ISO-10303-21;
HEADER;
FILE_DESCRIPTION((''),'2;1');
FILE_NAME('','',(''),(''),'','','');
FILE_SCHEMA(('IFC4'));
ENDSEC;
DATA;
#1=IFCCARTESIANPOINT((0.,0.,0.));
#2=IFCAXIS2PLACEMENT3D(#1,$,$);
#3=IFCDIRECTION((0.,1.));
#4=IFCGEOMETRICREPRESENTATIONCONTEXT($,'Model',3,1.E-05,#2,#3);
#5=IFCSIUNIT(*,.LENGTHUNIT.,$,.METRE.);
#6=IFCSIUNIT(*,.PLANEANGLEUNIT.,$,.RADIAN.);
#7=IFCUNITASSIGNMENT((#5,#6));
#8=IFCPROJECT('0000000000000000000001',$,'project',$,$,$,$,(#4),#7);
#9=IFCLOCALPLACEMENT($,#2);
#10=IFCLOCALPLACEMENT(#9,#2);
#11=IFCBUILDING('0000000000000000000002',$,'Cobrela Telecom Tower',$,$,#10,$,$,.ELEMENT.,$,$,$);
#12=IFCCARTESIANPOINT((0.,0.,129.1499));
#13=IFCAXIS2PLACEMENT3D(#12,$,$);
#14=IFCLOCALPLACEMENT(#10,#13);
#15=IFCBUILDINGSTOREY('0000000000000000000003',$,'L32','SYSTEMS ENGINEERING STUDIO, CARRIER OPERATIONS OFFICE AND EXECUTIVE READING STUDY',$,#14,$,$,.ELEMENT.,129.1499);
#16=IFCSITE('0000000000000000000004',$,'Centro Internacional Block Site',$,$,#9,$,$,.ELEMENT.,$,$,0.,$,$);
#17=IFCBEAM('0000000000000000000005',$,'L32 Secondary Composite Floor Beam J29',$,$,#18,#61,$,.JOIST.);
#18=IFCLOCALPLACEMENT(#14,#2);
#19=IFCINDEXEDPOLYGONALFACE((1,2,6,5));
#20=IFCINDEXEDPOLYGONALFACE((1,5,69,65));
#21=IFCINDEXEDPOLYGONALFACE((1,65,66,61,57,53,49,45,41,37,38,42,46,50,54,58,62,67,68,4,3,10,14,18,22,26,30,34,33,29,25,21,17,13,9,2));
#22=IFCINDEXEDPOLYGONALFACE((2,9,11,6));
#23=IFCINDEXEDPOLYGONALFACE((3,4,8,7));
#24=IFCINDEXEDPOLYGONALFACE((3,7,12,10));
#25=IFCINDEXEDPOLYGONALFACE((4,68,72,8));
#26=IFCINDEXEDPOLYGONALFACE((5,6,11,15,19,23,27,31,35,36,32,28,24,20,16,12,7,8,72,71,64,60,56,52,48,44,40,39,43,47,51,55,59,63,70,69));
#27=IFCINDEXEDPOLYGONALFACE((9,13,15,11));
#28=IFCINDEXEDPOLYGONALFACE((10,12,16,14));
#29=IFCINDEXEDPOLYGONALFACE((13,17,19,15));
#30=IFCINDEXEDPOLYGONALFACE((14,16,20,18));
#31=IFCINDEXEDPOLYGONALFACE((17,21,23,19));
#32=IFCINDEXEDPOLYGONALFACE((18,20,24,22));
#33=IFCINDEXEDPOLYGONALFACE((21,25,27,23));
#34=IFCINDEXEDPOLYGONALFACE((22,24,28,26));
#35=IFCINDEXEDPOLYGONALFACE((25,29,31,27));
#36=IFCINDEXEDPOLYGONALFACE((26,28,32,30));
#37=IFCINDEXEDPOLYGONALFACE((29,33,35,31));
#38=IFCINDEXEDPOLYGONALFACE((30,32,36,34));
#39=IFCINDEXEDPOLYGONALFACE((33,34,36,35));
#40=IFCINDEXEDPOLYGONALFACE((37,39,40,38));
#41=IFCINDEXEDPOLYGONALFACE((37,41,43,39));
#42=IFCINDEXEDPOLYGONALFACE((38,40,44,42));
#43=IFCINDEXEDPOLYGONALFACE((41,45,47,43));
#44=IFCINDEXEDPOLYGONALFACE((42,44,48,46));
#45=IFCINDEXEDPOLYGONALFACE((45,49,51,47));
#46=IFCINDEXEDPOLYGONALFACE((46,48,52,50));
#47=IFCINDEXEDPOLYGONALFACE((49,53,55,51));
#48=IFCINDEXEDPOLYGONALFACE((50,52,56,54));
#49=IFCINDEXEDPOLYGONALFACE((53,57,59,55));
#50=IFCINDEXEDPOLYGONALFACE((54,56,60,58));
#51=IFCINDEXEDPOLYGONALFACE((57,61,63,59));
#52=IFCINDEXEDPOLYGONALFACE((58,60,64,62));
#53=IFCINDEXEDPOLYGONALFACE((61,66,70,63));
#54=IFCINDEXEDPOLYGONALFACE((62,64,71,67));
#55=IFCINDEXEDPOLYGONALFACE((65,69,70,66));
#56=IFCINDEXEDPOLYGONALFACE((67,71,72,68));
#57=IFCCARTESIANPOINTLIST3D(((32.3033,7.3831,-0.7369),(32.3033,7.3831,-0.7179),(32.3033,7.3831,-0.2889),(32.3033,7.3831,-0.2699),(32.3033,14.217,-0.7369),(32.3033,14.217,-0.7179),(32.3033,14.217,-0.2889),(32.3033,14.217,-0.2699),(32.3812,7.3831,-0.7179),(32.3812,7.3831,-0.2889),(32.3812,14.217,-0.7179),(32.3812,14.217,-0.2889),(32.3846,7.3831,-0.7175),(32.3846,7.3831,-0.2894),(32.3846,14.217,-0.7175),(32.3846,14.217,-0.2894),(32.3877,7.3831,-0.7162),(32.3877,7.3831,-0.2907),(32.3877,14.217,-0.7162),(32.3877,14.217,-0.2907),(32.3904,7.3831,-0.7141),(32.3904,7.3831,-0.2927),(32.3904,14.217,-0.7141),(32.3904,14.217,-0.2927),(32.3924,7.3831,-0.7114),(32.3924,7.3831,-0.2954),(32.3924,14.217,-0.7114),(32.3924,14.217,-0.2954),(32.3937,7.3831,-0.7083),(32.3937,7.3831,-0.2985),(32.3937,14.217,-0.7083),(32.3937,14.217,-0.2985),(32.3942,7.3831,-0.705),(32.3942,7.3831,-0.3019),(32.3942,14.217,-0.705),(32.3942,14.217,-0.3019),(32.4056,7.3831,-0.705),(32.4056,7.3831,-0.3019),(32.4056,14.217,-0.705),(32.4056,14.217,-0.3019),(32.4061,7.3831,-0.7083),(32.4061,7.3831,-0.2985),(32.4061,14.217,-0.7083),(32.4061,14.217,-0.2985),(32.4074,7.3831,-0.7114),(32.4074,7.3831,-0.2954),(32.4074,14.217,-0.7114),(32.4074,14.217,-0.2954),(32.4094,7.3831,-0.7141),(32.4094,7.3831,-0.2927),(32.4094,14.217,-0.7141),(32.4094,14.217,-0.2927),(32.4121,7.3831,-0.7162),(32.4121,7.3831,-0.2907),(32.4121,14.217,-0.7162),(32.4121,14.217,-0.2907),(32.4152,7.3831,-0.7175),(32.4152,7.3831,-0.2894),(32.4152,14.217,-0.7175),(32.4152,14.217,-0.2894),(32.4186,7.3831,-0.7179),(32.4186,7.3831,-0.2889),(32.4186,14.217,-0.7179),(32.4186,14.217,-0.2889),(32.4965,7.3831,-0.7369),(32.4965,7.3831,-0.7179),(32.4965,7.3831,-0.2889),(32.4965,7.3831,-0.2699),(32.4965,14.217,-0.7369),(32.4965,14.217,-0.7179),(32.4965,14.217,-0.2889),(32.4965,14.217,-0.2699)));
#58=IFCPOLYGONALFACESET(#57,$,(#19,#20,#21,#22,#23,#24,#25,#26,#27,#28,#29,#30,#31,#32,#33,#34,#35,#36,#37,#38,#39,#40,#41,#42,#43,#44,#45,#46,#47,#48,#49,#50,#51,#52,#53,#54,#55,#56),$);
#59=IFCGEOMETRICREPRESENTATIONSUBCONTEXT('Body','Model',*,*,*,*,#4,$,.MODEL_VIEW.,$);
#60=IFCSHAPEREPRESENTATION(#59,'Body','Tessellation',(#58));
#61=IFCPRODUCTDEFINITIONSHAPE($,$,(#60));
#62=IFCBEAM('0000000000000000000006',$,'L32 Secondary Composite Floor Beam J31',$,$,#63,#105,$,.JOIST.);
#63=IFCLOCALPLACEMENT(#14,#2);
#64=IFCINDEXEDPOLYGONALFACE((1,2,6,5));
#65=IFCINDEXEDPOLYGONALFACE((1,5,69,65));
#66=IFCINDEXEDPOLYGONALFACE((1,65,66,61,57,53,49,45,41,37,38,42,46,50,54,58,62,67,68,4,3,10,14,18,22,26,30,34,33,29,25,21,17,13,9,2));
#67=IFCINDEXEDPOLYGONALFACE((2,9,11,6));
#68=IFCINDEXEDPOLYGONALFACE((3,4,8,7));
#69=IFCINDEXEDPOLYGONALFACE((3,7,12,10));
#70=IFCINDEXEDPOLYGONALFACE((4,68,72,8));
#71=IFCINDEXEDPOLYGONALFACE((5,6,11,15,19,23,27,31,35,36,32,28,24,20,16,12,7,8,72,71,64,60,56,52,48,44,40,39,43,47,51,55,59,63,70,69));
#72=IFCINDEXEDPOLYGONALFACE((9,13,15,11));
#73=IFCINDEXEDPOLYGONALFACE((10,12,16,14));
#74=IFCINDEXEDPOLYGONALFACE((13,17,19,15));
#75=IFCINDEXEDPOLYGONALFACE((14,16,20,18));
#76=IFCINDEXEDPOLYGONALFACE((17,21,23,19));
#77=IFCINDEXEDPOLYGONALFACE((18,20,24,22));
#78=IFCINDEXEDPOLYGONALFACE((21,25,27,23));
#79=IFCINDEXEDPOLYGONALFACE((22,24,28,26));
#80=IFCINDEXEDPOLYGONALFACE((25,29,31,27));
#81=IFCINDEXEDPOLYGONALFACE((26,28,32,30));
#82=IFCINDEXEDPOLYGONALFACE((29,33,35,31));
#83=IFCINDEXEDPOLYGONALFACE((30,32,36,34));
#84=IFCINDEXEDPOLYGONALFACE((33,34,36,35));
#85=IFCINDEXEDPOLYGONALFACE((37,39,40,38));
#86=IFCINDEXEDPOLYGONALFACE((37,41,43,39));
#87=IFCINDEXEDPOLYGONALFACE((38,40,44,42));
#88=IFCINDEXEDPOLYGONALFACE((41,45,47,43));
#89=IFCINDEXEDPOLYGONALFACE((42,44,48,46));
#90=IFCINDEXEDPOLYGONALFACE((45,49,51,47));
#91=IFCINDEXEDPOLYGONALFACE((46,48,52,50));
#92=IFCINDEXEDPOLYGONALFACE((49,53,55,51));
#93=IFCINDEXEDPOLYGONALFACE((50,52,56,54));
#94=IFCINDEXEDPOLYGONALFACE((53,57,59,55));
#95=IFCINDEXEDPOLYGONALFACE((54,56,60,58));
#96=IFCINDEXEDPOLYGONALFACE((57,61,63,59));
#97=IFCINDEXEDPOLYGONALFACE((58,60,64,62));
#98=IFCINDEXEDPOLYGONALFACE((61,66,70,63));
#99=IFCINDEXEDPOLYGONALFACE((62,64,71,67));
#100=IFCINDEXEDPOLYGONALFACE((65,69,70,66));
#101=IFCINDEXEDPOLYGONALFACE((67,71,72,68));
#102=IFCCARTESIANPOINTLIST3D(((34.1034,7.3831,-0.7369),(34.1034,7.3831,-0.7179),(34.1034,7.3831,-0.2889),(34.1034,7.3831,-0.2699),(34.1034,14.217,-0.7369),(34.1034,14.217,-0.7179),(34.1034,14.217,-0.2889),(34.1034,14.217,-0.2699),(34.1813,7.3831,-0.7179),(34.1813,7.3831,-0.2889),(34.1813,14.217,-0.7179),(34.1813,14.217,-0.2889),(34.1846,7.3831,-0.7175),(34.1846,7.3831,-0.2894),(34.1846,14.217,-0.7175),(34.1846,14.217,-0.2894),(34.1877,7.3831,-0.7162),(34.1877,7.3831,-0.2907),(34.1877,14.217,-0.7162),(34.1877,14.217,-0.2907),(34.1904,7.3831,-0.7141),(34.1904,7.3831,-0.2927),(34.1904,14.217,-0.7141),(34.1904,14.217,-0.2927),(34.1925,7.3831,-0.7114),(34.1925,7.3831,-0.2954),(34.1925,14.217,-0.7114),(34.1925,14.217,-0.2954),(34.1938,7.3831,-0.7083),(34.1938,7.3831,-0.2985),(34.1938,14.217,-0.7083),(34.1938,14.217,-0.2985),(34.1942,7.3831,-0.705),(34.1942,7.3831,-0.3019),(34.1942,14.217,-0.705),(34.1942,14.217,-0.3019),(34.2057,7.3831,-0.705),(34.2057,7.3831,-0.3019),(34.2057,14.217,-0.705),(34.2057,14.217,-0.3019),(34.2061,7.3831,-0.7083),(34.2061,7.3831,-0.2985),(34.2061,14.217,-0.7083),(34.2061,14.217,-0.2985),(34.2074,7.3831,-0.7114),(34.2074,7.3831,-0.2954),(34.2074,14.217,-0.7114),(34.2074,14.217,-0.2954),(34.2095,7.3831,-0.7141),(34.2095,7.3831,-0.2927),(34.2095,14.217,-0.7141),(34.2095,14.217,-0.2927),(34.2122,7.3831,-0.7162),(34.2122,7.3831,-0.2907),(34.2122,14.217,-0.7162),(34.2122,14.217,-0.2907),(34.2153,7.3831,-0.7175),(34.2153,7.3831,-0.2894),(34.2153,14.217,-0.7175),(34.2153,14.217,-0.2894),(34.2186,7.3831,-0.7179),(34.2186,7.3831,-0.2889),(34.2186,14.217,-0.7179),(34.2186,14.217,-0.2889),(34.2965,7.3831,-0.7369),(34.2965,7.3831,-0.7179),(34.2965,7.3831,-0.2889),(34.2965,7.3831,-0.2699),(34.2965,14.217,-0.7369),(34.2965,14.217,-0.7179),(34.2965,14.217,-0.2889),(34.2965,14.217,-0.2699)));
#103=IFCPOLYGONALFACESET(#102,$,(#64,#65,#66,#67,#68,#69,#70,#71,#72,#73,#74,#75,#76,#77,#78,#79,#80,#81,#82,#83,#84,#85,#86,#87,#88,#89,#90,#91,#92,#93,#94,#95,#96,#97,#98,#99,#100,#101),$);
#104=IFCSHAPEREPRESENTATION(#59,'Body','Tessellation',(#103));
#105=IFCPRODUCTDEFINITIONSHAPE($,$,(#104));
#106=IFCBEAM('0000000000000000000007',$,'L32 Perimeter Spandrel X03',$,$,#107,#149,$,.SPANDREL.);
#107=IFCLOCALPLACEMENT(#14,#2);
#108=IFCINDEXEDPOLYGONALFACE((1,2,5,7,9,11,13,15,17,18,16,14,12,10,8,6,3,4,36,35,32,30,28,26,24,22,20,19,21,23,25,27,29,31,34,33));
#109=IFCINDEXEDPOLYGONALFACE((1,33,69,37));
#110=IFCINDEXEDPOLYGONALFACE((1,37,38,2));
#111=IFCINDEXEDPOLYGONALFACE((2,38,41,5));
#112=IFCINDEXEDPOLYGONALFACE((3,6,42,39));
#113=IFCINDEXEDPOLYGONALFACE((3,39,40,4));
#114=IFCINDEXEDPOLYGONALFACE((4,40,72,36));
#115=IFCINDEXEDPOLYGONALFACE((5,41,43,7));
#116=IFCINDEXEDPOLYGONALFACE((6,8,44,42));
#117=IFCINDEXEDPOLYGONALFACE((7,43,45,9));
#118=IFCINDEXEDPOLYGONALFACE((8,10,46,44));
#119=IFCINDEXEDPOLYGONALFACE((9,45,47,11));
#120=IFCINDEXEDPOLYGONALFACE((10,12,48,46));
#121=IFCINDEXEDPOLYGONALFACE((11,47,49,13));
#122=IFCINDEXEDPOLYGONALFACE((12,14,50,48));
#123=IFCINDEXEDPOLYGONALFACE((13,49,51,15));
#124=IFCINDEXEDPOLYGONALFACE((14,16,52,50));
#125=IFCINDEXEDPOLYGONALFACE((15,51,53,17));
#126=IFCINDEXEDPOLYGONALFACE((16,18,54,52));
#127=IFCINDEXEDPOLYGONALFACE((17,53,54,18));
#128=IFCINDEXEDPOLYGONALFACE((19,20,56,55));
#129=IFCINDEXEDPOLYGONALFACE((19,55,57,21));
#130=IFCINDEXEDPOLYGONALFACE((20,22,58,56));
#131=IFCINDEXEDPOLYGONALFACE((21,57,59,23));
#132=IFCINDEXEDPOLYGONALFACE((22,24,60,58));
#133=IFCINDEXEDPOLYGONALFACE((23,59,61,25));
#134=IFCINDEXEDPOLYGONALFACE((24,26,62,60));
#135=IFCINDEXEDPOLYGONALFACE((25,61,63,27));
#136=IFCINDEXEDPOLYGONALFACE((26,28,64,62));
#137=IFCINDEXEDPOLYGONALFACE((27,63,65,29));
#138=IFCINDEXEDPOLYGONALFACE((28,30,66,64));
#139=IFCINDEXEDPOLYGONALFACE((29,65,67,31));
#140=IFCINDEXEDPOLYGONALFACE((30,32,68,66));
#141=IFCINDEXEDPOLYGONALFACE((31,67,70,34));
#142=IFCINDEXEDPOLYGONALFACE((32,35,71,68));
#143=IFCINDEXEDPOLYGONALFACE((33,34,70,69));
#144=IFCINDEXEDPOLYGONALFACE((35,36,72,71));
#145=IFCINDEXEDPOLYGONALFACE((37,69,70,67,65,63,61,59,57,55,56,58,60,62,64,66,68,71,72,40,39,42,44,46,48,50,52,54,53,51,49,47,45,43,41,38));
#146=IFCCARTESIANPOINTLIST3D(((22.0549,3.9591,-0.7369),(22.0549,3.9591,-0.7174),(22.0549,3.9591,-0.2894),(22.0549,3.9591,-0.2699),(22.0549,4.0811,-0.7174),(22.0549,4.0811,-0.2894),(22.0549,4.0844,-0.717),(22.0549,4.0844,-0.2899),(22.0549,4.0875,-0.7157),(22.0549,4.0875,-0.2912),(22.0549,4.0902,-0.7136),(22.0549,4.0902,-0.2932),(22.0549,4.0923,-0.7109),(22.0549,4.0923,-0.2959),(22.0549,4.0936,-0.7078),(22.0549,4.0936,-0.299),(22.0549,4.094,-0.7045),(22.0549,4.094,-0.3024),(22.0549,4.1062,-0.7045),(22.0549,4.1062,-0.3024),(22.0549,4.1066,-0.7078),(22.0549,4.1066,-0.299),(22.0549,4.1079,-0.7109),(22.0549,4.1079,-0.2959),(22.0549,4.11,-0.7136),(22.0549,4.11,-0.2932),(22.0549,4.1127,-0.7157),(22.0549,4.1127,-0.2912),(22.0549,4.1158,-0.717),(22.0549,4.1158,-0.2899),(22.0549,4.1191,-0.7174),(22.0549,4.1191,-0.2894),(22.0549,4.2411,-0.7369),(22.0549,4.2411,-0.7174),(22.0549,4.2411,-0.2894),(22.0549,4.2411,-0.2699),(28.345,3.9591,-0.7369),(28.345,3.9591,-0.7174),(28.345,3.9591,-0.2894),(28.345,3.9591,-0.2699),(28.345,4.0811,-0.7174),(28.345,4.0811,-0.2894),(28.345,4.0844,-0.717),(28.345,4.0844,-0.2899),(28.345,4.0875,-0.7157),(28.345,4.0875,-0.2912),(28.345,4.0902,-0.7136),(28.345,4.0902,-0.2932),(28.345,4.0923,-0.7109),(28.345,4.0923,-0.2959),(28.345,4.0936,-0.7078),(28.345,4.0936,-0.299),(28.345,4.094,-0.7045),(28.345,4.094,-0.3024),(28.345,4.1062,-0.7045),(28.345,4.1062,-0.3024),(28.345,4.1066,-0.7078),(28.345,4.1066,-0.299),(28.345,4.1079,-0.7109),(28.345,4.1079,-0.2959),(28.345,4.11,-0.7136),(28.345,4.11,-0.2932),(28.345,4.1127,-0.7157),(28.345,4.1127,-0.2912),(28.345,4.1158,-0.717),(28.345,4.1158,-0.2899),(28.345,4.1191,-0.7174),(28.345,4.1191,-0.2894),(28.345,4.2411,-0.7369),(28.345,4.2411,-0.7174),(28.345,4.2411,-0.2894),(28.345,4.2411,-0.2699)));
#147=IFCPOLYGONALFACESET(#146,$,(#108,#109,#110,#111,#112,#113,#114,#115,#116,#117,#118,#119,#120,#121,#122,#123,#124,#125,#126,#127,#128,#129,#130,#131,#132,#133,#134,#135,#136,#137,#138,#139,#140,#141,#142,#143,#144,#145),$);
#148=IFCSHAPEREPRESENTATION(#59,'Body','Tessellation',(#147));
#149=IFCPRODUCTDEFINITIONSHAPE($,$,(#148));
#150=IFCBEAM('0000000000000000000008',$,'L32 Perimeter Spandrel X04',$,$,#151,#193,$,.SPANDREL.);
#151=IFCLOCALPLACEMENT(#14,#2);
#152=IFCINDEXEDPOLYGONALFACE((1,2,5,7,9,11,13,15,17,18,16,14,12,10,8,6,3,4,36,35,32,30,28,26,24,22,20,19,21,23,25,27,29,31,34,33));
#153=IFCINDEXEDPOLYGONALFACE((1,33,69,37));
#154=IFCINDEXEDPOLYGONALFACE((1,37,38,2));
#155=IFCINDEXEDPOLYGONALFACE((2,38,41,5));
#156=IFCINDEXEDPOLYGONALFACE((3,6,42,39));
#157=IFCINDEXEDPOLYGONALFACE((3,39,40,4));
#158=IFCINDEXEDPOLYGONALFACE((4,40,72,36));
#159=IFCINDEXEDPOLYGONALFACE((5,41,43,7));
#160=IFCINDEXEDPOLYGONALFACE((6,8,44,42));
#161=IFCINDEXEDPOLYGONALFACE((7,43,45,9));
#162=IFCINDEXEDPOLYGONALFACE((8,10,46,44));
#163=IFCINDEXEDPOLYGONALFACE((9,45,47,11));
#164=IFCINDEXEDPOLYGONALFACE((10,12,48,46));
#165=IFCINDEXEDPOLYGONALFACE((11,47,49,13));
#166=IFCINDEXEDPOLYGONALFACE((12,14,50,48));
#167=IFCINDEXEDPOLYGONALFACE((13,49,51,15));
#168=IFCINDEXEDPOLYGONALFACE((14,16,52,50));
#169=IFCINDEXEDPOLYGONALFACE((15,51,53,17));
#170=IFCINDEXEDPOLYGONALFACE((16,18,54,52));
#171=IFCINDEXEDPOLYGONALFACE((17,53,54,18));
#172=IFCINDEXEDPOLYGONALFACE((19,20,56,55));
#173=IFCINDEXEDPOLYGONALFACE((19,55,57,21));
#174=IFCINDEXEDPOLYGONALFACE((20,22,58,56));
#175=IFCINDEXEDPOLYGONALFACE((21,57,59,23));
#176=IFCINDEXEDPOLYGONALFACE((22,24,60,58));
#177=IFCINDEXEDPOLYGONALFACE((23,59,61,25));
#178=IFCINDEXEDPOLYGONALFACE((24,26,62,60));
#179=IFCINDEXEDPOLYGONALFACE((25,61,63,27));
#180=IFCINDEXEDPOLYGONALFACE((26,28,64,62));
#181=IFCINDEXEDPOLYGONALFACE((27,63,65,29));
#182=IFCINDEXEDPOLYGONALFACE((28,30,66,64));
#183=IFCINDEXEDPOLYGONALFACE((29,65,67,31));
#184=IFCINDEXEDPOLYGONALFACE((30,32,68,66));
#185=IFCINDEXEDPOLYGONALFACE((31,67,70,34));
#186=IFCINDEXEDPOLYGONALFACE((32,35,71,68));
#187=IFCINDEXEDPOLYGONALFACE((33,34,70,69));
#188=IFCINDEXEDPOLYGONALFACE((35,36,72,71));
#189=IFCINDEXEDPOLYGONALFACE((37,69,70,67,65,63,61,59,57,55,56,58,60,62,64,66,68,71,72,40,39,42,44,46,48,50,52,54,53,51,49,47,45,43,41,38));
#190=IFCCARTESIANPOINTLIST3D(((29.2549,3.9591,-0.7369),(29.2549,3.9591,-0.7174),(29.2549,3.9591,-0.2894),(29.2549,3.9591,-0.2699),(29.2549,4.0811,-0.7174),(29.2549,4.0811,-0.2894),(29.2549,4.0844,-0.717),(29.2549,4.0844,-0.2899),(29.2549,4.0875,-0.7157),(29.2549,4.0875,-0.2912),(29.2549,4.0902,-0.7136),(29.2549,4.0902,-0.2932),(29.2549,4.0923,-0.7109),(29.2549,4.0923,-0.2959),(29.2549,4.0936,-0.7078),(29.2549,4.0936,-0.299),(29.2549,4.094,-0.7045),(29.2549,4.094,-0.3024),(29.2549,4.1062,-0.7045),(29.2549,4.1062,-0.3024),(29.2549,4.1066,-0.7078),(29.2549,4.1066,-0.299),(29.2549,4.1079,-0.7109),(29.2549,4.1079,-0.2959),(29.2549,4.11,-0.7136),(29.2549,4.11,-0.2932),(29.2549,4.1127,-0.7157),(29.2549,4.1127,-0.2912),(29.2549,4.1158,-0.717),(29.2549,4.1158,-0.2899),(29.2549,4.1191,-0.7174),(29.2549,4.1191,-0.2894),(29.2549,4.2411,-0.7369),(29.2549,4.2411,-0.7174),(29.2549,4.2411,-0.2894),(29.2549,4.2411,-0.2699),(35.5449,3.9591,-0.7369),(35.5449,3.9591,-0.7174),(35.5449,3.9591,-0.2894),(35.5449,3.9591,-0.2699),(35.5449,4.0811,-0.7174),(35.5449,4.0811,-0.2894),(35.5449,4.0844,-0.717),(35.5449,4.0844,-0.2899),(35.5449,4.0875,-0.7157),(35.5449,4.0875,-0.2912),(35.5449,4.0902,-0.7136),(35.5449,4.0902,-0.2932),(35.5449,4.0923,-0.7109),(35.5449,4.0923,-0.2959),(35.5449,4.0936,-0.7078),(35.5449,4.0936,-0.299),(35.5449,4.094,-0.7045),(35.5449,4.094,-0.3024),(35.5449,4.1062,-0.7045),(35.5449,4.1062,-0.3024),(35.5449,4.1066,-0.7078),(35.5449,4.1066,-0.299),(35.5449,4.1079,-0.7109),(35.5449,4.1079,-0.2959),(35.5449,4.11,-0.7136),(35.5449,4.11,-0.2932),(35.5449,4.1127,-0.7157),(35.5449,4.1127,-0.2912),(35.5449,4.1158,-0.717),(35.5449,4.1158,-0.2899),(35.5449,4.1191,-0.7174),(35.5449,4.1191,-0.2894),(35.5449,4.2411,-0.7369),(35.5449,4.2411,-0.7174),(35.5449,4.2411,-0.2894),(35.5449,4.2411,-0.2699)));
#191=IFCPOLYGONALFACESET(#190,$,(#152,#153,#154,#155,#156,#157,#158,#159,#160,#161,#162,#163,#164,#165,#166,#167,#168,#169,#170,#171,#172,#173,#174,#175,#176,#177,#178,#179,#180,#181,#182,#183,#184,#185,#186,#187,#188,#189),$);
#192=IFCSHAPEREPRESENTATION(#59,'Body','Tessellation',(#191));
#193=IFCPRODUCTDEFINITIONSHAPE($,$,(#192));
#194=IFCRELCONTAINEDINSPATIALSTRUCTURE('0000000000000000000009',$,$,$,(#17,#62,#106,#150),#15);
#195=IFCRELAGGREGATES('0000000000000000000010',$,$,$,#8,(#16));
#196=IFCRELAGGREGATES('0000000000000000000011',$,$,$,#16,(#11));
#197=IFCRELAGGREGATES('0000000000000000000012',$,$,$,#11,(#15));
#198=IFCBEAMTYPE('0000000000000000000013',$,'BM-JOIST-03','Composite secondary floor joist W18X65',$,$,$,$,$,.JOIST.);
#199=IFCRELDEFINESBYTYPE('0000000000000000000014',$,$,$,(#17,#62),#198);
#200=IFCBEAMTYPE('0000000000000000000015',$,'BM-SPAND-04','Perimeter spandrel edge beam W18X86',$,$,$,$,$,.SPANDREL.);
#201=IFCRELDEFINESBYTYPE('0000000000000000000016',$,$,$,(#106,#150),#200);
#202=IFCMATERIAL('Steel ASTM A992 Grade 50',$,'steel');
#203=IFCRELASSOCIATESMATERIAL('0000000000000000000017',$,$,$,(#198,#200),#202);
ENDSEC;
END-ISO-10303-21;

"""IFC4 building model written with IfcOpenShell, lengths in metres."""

from ifc_helpers import new_model, si_unit, direction, frame, origin, origin_2d, place, context, subcontext, project, spatial, i_section, extrude, material, material_profile, profile_set, type_object, element, save


model = new_model("IFC4")

# Units and contexts
model_context = context("Model", 3, precision=1e-05, world=origin(), true_north=direction((0.0, 1.0)))
body_context = subcontext(model_context, "Body", "Model", "MODEL_VIEW")
ifc_project = project(units=[si_unit("LENGTHUNIT", "METRE"), si_unit("PLANEANGLEUNIT", "RADIAN")], contexts=[model_context])

# Site, building, storey
site_placement = place(None, origin())
site = spatial("IfcSite", under=ifc_project, at=site_placement, Name="Centro Internacional Block Site", CompositionType="ELEMENT", RefElevation=0.0)
building_placement = place(site_placement, origin())
building = spatial("IfcBuilding", under=site, at=building_placement, Name="Cobrela Telecom Tower", CompositionType="ELEMENT")
storey_placement = place(building_placement, frame((0.0, 0.0, 129.1499)))
storey = spatial("IfcBuildingStorey", under=building, at=storey_placement, Name="L32", Description="SYSTEMS ENGINEERING STUDIO, CARRIER OPERATIONS OFFICE AND EXECUTIVE READING STUDY", CompositionType="ELEMENT", Elevation=129.1499)

# Shared definitions
ifc_material_1 = material(Name="Steel ASTM A992 Grade 50", Category="steel")

# Beams
ifc_material_profile_1 = material_profile(ifc_material_1, i_section(OverallWidth=0.1931, OverallDepth=0.467, WebThickness=0.0115, FlangeThickness=0.019, FilletRadius=0.0129, at=origin_2d()), Name="W18X65")
ifc_profile_set_1 = profile_set([ifc_material_profile_1], Name="Steel ASTM A992 Grade 50")
beam_type_1 = type_object("IfcBeamType", Name="BM-JOIST-03", Description="Composite secondary floor joist W18X65", PredefinedType="JOIST", material=ifc_profile_set_1)
for number, where, z_axis, x_axis, name in (
    (1, (32.3999, 7.3831, -0.5034), (0.0, 1.0, 0.0), (-1.0, 0.0, 0.0), "L32 Secondary Composite Floor Beam J29"),
    (2, (34.2, 7.3831, -0.5034), (0.0, 1.0, 0.0), (-1.0, 0.0, 0.0), "L32 Secondary Composite Floor Beam J31"),
):
    element("IfcBeam", number, at=place(storey_placement, frame(where, z_axis=z_axis, x_axis=x_axis)), inside=storey, type_object=beam_type_1, Name=name, PredefinedType="JOIST", context=body_context, shape_type="SweptSolid", body=[
        extrude(i_section(OverallWidth=0.1931, OverallDepth=0.467, WebThickness=0.0115, FlangeThickness=0.019, FilletRadius=0.0129, at=origin_2d()), origin(), (0.0, 0.0, 1.0), 6.834),
    ])
ifc_material_profile_2 = material_profile(ifc_material_1, i_section(OverallWidth=0.282, OverallDepth=0.467, WebThickness=0.0122, FlangeThickness=0.0195, FilletRadius=0.0129, at=origin_2d()), Name="W18X86")
ifc_profile_set_2 = profile_set([ifc_material_profile_2], Name="Steel ASTM A992 Grade 50")
beam_type_2 = type_object("IfcBeamType", Name="BM-SPAND-04", Description="Perimeter spandrel edge beam W18X86", PredefinedType="SPANDREL", material=ifc_profile_set_2)
for number, where, z_axis, x_axis, name in (
    (3, (22.0549, 4.1001, -0.5034), (1.0, 0.0, 0.0), (0.0, 1.0, 0.0), "L32 Perimeter Spandrel X03"),
    (4, (29.2549, 4.1001, -0.5034), (1.0, 0.0, 0.0), (0.0, 1.0, 0.0), "L32 Perimeter Spandrel X04"),
):
    element("IfcBeam", number, at=place(storey_placement, frame(where, z_axis=z_axis, x_axis=x_axis)), inside=storey, type_object=beam_type_2, Name=name, PredefinedType="SPANDREL", context=body_context, shape_type="SweptSolid", body=[
        extrude(i_section(OverallWidth=0.282, OverallDepth=0.467, WebThickness=0.0122, FlangeThickness=0.0195, FilletRadius=0.0129, at=origin_2d()), origin(), (0.0, 0.0, 1.0), 6.29),
    ])

save(model, "model.ifc")
